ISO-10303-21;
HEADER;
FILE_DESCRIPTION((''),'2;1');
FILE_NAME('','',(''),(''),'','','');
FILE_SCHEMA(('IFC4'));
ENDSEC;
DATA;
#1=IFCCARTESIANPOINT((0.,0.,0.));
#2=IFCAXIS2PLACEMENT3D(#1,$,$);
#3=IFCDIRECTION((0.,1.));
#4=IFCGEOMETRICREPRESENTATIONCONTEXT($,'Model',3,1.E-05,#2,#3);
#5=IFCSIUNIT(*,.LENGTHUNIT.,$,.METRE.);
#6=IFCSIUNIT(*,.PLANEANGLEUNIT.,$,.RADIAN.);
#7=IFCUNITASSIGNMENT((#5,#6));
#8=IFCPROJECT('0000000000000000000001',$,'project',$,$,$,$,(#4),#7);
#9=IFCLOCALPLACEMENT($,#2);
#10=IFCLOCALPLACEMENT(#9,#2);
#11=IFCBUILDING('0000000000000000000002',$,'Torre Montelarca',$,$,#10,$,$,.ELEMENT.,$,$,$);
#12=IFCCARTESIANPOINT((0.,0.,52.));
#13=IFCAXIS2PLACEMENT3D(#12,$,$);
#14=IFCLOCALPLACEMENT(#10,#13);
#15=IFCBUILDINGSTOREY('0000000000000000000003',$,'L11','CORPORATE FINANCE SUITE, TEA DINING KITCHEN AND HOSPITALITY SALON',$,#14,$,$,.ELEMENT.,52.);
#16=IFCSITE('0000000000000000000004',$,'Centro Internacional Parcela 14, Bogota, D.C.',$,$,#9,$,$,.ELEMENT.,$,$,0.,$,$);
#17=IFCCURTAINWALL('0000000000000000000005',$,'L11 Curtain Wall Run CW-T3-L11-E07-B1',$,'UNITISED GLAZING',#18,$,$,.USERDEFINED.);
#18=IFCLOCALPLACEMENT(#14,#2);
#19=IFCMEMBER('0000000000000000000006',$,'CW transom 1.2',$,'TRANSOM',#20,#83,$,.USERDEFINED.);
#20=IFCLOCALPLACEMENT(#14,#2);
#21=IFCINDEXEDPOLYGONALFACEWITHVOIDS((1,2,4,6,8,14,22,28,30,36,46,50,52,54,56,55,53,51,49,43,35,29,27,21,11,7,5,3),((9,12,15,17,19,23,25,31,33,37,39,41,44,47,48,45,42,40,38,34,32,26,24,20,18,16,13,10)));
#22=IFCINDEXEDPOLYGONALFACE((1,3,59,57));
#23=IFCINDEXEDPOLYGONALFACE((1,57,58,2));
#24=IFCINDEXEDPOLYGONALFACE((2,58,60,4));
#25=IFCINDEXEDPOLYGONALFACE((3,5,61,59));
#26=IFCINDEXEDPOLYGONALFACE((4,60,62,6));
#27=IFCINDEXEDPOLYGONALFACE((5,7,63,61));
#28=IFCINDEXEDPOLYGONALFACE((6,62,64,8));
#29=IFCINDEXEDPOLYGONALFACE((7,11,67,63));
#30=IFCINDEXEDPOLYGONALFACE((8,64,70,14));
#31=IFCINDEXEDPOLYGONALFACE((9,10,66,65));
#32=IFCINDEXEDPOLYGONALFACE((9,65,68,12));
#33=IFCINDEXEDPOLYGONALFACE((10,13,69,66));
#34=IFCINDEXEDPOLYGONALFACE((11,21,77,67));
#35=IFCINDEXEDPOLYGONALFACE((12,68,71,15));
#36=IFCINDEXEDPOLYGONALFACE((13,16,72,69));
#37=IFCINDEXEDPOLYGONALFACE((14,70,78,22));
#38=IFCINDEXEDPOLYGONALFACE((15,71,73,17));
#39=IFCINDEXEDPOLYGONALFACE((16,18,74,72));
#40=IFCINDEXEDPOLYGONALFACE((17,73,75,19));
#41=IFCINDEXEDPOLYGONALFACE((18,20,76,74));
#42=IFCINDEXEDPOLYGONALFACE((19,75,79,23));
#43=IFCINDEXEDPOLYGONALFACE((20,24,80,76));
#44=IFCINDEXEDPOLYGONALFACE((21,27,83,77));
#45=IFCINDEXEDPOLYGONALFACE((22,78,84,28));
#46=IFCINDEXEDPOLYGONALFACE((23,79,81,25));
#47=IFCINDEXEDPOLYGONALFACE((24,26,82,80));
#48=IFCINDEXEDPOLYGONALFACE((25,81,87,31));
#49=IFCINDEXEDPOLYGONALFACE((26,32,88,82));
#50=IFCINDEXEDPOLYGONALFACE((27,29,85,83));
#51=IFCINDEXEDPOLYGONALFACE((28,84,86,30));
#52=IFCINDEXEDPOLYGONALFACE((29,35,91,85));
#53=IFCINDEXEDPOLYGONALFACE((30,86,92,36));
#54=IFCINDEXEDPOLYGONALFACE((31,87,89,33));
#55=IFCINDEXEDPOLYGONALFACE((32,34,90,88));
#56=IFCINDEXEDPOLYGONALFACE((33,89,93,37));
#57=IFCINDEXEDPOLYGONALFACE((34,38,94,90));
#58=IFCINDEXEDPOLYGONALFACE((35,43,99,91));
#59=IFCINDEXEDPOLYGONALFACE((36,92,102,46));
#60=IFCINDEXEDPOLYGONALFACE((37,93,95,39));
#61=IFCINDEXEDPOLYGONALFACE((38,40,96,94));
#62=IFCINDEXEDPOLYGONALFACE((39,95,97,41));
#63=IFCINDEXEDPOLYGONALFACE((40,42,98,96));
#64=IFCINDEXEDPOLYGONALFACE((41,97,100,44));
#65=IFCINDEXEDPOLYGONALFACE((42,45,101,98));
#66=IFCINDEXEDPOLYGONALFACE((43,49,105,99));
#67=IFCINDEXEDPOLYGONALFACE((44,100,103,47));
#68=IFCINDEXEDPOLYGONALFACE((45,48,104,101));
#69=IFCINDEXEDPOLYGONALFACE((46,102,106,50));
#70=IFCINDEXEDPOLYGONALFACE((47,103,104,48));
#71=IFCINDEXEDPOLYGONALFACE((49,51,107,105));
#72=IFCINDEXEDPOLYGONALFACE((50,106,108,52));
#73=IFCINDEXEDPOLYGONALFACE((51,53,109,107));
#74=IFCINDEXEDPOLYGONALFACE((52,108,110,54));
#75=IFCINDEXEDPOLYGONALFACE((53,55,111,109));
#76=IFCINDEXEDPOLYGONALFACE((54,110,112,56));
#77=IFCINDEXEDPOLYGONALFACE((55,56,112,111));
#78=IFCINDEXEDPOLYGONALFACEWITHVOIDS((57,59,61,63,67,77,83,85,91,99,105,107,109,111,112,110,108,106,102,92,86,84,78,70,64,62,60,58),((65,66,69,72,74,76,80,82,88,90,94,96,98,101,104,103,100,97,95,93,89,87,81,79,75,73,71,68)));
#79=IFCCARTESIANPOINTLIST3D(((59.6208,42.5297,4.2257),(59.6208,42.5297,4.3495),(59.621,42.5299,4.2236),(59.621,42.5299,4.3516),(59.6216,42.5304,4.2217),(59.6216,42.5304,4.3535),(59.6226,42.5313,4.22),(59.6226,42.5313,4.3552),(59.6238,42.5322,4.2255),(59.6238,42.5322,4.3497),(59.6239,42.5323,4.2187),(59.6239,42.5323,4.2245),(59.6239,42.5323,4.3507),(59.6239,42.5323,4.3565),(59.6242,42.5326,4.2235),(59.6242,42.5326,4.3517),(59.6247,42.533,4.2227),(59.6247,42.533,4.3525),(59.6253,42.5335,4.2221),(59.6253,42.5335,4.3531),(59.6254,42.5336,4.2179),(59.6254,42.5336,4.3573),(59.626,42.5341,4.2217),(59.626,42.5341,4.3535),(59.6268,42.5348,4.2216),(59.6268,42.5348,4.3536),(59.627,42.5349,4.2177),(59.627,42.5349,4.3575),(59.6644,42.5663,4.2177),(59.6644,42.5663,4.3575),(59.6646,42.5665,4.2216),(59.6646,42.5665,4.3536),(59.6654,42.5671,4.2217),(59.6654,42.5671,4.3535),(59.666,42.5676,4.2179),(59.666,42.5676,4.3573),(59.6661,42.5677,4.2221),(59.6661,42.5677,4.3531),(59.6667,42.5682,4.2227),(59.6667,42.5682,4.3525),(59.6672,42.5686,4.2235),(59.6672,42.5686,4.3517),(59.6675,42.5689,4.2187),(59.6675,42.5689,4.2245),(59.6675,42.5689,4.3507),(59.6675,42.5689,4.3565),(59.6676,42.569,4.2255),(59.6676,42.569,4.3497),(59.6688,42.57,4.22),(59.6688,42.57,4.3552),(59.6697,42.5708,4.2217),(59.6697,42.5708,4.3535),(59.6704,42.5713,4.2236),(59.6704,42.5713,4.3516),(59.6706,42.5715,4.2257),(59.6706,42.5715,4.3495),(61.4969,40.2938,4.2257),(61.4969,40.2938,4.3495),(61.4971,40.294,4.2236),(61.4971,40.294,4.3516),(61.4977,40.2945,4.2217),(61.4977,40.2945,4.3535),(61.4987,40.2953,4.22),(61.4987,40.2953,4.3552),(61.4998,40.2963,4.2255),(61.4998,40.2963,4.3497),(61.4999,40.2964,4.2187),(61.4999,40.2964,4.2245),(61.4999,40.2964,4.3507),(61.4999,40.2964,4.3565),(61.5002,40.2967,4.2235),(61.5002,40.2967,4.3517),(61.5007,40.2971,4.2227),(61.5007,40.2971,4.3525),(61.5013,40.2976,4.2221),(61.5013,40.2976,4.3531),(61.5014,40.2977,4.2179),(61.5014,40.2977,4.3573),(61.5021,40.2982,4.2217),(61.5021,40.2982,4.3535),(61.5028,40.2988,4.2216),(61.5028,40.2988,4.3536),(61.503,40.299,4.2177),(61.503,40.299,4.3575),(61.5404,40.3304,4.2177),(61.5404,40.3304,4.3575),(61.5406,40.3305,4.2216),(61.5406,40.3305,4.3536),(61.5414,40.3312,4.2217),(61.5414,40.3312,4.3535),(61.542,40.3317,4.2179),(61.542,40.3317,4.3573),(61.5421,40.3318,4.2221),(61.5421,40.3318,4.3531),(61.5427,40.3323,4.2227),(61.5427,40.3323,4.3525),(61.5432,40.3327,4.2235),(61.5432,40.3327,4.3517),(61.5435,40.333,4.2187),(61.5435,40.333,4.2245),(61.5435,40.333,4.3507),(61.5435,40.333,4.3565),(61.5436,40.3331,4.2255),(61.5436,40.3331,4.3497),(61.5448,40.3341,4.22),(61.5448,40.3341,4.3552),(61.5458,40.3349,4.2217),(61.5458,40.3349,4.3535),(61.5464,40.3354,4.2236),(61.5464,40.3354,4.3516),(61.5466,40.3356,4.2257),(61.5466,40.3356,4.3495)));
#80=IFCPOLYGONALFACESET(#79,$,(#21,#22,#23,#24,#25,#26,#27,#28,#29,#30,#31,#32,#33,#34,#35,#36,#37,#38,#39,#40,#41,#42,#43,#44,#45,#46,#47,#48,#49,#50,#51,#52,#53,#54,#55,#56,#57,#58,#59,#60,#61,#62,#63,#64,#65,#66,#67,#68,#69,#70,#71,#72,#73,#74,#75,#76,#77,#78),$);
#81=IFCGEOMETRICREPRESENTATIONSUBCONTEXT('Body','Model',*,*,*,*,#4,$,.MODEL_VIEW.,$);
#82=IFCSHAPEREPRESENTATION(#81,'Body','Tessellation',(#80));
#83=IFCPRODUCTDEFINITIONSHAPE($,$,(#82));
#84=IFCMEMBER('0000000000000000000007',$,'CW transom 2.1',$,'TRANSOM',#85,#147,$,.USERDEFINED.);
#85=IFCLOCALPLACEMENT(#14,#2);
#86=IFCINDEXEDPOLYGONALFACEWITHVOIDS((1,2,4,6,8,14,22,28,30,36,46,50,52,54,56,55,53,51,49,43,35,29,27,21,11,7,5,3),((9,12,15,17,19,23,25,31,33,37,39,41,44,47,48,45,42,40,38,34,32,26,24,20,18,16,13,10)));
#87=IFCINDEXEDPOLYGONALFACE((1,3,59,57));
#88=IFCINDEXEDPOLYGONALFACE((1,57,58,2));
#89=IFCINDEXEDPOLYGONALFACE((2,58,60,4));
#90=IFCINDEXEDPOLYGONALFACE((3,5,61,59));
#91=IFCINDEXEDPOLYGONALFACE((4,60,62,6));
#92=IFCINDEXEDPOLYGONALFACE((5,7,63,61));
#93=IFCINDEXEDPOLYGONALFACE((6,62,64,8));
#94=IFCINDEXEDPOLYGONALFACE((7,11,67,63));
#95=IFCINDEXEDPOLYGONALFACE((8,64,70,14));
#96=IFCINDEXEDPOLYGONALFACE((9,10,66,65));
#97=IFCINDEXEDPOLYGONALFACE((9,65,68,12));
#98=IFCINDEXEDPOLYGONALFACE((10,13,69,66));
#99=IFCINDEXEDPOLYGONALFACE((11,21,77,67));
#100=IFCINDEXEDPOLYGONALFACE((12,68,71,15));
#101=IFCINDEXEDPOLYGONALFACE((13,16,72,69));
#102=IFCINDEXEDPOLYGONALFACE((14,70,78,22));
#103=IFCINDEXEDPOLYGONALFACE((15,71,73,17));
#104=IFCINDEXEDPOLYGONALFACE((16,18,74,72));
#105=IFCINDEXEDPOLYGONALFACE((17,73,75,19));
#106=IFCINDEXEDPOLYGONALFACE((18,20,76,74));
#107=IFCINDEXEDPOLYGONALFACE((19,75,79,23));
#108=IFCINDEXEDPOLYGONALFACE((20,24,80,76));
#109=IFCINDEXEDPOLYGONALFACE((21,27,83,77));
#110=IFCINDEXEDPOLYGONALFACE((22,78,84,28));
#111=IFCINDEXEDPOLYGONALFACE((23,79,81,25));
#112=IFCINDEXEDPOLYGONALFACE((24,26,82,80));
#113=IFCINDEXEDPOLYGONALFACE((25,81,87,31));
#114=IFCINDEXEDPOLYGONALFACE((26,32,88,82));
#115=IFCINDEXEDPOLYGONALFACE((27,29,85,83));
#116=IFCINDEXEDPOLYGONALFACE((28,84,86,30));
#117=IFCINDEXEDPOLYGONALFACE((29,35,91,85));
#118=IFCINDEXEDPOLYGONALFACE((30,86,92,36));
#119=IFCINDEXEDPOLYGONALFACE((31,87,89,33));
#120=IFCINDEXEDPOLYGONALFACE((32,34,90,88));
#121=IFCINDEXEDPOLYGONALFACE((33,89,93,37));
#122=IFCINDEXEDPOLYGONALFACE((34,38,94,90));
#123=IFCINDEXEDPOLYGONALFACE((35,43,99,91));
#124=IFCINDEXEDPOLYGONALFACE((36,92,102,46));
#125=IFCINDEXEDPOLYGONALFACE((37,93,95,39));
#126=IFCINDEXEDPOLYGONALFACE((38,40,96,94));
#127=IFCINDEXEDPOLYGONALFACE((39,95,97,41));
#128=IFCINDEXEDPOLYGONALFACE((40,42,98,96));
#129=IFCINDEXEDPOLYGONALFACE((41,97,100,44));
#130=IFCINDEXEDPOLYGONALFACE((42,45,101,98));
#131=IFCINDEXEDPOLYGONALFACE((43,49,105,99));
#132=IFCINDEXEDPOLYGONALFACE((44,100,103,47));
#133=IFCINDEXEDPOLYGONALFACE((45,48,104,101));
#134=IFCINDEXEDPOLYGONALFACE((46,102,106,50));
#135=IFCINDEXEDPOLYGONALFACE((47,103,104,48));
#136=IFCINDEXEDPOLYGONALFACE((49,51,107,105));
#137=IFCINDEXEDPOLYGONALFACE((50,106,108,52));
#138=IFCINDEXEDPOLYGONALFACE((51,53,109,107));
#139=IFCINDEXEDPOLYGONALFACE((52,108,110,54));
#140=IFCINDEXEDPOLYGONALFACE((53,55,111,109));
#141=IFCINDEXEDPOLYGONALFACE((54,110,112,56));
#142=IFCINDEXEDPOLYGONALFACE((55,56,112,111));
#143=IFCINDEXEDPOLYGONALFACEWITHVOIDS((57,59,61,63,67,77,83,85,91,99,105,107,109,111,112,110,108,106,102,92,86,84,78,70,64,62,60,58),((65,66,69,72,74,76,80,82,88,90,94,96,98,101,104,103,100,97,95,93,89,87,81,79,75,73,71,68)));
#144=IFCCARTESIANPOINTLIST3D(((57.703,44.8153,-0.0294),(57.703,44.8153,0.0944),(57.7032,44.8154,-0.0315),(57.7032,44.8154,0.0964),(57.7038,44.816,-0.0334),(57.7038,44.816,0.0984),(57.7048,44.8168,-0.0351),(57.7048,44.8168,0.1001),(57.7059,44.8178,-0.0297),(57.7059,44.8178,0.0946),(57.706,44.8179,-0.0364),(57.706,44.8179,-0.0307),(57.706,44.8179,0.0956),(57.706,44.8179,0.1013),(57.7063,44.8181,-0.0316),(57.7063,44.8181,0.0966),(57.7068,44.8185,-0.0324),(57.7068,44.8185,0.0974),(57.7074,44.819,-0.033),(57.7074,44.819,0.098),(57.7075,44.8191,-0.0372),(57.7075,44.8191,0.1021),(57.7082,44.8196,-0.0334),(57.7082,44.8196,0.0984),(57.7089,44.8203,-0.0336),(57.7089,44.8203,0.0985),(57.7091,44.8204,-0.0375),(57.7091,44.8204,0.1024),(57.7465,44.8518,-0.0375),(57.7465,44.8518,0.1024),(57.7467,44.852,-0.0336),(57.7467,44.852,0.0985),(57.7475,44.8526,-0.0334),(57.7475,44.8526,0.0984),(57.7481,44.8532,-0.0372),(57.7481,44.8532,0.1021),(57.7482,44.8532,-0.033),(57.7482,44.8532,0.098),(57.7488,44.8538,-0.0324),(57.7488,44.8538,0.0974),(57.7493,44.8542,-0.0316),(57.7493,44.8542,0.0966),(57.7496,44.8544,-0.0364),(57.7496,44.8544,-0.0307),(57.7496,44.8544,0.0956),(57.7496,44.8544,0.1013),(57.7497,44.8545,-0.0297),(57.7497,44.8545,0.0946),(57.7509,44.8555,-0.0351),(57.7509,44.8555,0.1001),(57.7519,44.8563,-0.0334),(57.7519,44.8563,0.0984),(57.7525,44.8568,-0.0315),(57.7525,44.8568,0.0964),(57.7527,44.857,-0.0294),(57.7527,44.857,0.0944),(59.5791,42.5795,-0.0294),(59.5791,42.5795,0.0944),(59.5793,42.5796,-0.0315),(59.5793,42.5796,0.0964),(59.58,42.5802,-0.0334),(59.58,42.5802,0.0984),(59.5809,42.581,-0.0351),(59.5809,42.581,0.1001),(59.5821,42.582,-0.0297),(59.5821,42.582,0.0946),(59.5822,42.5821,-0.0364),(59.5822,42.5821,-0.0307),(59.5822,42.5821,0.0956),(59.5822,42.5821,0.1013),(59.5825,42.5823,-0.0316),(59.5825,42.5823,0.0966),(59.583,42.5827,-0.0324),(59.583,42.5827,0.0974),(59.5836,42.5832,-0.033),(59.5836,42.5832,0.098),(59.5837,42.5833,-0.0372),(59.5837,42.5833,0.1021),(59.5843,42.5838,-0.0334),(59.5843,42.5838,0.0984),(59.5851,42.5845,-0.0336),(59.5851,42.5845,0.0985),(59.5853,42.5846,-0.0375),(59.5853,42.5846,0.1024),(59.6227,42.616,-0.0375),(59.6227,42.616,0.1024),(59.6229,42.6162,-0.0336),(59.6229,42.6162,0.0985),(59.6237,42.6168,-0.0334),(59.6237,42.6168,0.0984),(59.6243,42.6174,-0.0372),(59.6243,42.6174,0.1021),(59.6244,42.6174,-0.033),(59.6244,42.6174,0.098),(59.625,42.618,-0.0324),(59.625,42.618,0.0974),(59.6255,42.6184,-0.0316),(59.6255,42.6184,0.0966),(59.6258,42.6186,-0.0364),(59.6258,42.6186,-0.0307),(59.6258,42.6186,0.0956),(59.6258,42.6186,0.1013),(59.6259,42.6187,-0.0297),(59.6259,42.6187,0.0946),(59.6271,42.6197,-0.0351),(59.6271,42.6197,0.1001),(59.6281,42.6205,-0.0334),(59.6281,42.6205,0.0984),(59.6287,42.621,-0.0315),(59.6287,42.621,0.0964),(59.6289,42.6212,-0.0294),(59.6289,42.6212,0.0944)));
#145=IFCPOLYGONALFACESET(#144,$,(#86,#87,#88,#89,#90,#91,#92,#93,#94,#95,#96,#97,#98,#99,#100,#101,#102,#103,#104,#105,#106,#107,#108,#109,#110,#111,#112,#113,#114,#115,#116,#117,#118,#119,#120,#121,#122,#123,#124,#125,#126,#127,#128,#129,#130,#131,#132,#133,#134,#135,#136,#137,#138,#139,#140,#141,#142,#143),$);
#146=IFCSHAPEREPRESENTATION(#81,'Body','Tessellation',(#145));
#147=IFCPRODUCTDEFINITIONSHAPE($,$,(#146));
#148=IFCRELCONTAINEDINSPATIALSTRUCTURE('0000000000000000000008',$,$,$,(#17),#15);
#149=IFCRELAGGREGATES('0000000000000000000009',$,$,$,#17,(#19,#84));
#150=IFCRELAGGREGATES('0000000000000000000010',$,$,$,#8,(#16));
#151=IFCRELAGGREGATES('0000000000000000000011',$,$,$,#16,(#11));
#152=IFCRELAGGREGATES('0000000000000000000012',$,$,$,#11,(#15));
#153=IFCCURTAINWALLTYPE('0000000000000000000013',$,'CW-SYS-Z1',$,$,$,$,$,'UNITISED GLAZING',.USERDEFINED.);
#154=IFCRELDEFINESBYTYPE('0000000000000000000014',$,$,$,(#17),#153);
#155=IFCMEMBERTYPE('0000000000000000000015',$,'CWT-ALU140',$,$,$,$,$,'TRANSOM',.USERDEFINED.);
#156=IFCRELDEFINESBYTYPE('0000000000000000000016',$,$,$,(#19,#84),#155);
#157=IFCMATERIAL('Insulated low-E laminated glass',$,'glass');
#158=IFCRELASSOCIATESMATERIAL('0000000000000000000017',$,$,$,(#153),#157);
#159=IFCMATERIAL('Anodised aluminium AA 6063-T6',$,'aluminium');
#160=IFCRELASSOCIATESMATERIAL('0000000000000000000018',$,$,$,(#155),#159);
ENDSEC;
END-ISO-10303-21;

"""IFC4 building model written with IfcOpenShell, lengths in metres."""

from ifc_helpers import new_model, si_unit, direction, frame, origin, origin_2d, place, context, subcontext, project, spatial, hollow_rectangle, extrude, source, transform, mapped, material, material_profile, profile_set, type_object, element, aggregate, save


model = new_model("IFC4")

# Units and contexts
model_context = context("Model", 3, precision=1e-05, world=origin(), true_north=direction((0.0, 1.0)))
body_context = subcontext(model_context, "Body", "Model", "MODEL_VIEW")
ifc_project = project(units=[si_unit("LENGTHUNIT", "METRE"), si_unit("PLANEANGLEUNIT", "RADIAN")], contexts=[model_context])

# Site, building, storey
site_placement = place(None, origin())
site = spatial("IfcSite", under=ifc_project, at=site_placement, Name="Centro Internacional Parcela 14, Bogota, D.C.", CompositionType="ELEMENT", RefElevation=0.0)
building_placement = place(site_placement, origin())
building = spatial("IfcBuilding", under=site, at=building_placement, Name="Torre Montelarca", CompositionType="ELEMENT")
storey_placement = place(building_placement, frame((0.0, 0.0, 52.0)))
storey = spatial("IfcBuildingStorey", under=building, at=storey_placement, Name="L11", Description="CORPORATE FINANCE SUITE, TEA DINING KITCHEN AND HOSPITALITY SALON", CompositionType="ELEMENT", Elevation=52.0)

# Curtain wall
ifc_material_1 = material(Name="Insulated low-E laminated glass", Category="glass")
curtain_wall_type = type_object("IfcCurtainWallType", Name="CW-SYS-Z1", ElementType="UNITISED GLAZING", PredefinedType="USERDEFINED", material=ifc_material_1)
ifc_material_2 = material(Name="Anodised aluminium AA 6063-T6", Category="aluminium")
curtain_wall_1_placement = place(storey_placement, origin())
curtain_wall_1 = element("IfcCurtainWall", 1, at=curtain_wall_1_placement, inside=storey, type_object=curtain_wall_type, Name="L11 Curtain Wall Run CW-T3-L11-E07-B1", ObjectType="UNITISED GLAZING", PredefinedType="USERDEFINED")

# Members
ifc_material_profile_1 = material_profile(ifc_material_2, hollow_rectangle(XDim=0.0649, YDim=0.1399, WallThickness=0.0039, InnerFilletRadius=0.0039, OuterFilletRadius=0.0081, at=origin_2d()), Name="ALU65X140X4", Category="aluminium")
ifc_profile_set_1 = profile_set([ifc_material_profile_1], Name="Anodised aluminium AA 6063-T6")
member_type_1 = type_object("IfcMemberType", Name="CWT-ALU140", ElementType="TRANSOM", PredefinedType="USERDEFINED", material=ifc_profile_set_1)
shared_shape_1 = source(origin(), body_context, "Body", "SweptSolid", [
    extrude(hollow_rectangle(XDim=0.0649, YDim=0.1399, WallThickness=0.0039, InnerFilletRadius=0.0039, OuterFilletRadius=0.0081, at=origin_2d()), origin(), (0.0, 0.0, 1.0), 2.9187),
])
member_1_placement = place(storey_placement, frame((61.5217, 40.3147, 4.2876), z_axis=(-0.642764, 0.766064, 0.0), x_axis=(-0.766064, -0.642764, 0.0)))
member_1 = element("IfcMember", 2, at=member_1_placement, type_object=member_type_1, Name="CW transom 1.2", ObjectType="TRANSOM", PredefinedType="USERDEFINED", context=body_context, shape_type="MappedRepresentation", body=[
    mapped(shared_shape_1, transform((0.0, 0.0, 0.0), scale=1.0)),
])
member_2_placement = place(storey_placement, frame((59.604, 42.6003, 0.0325), z_axis=(-0.642813, 0.766023, 0.0), x_axis=(-0.766023, -0.642813, 0.0)))
member_2 = element("IfcMember", 3, at=member_2_placement, type_object=member_type_1, Name="CW transom 2.1", ObjectType="TRANSOM", PredefinedType="USERDEFINED", context=body_context, shape_type="MappedRepresentation", body=[
    mapped(shared_shape_1, transform((0.0, 0.0, 0.0), scale=1.0)),
])

aggregate(curtain_wall_1, [member_1, member_2])

save(model, "model.ifc")
